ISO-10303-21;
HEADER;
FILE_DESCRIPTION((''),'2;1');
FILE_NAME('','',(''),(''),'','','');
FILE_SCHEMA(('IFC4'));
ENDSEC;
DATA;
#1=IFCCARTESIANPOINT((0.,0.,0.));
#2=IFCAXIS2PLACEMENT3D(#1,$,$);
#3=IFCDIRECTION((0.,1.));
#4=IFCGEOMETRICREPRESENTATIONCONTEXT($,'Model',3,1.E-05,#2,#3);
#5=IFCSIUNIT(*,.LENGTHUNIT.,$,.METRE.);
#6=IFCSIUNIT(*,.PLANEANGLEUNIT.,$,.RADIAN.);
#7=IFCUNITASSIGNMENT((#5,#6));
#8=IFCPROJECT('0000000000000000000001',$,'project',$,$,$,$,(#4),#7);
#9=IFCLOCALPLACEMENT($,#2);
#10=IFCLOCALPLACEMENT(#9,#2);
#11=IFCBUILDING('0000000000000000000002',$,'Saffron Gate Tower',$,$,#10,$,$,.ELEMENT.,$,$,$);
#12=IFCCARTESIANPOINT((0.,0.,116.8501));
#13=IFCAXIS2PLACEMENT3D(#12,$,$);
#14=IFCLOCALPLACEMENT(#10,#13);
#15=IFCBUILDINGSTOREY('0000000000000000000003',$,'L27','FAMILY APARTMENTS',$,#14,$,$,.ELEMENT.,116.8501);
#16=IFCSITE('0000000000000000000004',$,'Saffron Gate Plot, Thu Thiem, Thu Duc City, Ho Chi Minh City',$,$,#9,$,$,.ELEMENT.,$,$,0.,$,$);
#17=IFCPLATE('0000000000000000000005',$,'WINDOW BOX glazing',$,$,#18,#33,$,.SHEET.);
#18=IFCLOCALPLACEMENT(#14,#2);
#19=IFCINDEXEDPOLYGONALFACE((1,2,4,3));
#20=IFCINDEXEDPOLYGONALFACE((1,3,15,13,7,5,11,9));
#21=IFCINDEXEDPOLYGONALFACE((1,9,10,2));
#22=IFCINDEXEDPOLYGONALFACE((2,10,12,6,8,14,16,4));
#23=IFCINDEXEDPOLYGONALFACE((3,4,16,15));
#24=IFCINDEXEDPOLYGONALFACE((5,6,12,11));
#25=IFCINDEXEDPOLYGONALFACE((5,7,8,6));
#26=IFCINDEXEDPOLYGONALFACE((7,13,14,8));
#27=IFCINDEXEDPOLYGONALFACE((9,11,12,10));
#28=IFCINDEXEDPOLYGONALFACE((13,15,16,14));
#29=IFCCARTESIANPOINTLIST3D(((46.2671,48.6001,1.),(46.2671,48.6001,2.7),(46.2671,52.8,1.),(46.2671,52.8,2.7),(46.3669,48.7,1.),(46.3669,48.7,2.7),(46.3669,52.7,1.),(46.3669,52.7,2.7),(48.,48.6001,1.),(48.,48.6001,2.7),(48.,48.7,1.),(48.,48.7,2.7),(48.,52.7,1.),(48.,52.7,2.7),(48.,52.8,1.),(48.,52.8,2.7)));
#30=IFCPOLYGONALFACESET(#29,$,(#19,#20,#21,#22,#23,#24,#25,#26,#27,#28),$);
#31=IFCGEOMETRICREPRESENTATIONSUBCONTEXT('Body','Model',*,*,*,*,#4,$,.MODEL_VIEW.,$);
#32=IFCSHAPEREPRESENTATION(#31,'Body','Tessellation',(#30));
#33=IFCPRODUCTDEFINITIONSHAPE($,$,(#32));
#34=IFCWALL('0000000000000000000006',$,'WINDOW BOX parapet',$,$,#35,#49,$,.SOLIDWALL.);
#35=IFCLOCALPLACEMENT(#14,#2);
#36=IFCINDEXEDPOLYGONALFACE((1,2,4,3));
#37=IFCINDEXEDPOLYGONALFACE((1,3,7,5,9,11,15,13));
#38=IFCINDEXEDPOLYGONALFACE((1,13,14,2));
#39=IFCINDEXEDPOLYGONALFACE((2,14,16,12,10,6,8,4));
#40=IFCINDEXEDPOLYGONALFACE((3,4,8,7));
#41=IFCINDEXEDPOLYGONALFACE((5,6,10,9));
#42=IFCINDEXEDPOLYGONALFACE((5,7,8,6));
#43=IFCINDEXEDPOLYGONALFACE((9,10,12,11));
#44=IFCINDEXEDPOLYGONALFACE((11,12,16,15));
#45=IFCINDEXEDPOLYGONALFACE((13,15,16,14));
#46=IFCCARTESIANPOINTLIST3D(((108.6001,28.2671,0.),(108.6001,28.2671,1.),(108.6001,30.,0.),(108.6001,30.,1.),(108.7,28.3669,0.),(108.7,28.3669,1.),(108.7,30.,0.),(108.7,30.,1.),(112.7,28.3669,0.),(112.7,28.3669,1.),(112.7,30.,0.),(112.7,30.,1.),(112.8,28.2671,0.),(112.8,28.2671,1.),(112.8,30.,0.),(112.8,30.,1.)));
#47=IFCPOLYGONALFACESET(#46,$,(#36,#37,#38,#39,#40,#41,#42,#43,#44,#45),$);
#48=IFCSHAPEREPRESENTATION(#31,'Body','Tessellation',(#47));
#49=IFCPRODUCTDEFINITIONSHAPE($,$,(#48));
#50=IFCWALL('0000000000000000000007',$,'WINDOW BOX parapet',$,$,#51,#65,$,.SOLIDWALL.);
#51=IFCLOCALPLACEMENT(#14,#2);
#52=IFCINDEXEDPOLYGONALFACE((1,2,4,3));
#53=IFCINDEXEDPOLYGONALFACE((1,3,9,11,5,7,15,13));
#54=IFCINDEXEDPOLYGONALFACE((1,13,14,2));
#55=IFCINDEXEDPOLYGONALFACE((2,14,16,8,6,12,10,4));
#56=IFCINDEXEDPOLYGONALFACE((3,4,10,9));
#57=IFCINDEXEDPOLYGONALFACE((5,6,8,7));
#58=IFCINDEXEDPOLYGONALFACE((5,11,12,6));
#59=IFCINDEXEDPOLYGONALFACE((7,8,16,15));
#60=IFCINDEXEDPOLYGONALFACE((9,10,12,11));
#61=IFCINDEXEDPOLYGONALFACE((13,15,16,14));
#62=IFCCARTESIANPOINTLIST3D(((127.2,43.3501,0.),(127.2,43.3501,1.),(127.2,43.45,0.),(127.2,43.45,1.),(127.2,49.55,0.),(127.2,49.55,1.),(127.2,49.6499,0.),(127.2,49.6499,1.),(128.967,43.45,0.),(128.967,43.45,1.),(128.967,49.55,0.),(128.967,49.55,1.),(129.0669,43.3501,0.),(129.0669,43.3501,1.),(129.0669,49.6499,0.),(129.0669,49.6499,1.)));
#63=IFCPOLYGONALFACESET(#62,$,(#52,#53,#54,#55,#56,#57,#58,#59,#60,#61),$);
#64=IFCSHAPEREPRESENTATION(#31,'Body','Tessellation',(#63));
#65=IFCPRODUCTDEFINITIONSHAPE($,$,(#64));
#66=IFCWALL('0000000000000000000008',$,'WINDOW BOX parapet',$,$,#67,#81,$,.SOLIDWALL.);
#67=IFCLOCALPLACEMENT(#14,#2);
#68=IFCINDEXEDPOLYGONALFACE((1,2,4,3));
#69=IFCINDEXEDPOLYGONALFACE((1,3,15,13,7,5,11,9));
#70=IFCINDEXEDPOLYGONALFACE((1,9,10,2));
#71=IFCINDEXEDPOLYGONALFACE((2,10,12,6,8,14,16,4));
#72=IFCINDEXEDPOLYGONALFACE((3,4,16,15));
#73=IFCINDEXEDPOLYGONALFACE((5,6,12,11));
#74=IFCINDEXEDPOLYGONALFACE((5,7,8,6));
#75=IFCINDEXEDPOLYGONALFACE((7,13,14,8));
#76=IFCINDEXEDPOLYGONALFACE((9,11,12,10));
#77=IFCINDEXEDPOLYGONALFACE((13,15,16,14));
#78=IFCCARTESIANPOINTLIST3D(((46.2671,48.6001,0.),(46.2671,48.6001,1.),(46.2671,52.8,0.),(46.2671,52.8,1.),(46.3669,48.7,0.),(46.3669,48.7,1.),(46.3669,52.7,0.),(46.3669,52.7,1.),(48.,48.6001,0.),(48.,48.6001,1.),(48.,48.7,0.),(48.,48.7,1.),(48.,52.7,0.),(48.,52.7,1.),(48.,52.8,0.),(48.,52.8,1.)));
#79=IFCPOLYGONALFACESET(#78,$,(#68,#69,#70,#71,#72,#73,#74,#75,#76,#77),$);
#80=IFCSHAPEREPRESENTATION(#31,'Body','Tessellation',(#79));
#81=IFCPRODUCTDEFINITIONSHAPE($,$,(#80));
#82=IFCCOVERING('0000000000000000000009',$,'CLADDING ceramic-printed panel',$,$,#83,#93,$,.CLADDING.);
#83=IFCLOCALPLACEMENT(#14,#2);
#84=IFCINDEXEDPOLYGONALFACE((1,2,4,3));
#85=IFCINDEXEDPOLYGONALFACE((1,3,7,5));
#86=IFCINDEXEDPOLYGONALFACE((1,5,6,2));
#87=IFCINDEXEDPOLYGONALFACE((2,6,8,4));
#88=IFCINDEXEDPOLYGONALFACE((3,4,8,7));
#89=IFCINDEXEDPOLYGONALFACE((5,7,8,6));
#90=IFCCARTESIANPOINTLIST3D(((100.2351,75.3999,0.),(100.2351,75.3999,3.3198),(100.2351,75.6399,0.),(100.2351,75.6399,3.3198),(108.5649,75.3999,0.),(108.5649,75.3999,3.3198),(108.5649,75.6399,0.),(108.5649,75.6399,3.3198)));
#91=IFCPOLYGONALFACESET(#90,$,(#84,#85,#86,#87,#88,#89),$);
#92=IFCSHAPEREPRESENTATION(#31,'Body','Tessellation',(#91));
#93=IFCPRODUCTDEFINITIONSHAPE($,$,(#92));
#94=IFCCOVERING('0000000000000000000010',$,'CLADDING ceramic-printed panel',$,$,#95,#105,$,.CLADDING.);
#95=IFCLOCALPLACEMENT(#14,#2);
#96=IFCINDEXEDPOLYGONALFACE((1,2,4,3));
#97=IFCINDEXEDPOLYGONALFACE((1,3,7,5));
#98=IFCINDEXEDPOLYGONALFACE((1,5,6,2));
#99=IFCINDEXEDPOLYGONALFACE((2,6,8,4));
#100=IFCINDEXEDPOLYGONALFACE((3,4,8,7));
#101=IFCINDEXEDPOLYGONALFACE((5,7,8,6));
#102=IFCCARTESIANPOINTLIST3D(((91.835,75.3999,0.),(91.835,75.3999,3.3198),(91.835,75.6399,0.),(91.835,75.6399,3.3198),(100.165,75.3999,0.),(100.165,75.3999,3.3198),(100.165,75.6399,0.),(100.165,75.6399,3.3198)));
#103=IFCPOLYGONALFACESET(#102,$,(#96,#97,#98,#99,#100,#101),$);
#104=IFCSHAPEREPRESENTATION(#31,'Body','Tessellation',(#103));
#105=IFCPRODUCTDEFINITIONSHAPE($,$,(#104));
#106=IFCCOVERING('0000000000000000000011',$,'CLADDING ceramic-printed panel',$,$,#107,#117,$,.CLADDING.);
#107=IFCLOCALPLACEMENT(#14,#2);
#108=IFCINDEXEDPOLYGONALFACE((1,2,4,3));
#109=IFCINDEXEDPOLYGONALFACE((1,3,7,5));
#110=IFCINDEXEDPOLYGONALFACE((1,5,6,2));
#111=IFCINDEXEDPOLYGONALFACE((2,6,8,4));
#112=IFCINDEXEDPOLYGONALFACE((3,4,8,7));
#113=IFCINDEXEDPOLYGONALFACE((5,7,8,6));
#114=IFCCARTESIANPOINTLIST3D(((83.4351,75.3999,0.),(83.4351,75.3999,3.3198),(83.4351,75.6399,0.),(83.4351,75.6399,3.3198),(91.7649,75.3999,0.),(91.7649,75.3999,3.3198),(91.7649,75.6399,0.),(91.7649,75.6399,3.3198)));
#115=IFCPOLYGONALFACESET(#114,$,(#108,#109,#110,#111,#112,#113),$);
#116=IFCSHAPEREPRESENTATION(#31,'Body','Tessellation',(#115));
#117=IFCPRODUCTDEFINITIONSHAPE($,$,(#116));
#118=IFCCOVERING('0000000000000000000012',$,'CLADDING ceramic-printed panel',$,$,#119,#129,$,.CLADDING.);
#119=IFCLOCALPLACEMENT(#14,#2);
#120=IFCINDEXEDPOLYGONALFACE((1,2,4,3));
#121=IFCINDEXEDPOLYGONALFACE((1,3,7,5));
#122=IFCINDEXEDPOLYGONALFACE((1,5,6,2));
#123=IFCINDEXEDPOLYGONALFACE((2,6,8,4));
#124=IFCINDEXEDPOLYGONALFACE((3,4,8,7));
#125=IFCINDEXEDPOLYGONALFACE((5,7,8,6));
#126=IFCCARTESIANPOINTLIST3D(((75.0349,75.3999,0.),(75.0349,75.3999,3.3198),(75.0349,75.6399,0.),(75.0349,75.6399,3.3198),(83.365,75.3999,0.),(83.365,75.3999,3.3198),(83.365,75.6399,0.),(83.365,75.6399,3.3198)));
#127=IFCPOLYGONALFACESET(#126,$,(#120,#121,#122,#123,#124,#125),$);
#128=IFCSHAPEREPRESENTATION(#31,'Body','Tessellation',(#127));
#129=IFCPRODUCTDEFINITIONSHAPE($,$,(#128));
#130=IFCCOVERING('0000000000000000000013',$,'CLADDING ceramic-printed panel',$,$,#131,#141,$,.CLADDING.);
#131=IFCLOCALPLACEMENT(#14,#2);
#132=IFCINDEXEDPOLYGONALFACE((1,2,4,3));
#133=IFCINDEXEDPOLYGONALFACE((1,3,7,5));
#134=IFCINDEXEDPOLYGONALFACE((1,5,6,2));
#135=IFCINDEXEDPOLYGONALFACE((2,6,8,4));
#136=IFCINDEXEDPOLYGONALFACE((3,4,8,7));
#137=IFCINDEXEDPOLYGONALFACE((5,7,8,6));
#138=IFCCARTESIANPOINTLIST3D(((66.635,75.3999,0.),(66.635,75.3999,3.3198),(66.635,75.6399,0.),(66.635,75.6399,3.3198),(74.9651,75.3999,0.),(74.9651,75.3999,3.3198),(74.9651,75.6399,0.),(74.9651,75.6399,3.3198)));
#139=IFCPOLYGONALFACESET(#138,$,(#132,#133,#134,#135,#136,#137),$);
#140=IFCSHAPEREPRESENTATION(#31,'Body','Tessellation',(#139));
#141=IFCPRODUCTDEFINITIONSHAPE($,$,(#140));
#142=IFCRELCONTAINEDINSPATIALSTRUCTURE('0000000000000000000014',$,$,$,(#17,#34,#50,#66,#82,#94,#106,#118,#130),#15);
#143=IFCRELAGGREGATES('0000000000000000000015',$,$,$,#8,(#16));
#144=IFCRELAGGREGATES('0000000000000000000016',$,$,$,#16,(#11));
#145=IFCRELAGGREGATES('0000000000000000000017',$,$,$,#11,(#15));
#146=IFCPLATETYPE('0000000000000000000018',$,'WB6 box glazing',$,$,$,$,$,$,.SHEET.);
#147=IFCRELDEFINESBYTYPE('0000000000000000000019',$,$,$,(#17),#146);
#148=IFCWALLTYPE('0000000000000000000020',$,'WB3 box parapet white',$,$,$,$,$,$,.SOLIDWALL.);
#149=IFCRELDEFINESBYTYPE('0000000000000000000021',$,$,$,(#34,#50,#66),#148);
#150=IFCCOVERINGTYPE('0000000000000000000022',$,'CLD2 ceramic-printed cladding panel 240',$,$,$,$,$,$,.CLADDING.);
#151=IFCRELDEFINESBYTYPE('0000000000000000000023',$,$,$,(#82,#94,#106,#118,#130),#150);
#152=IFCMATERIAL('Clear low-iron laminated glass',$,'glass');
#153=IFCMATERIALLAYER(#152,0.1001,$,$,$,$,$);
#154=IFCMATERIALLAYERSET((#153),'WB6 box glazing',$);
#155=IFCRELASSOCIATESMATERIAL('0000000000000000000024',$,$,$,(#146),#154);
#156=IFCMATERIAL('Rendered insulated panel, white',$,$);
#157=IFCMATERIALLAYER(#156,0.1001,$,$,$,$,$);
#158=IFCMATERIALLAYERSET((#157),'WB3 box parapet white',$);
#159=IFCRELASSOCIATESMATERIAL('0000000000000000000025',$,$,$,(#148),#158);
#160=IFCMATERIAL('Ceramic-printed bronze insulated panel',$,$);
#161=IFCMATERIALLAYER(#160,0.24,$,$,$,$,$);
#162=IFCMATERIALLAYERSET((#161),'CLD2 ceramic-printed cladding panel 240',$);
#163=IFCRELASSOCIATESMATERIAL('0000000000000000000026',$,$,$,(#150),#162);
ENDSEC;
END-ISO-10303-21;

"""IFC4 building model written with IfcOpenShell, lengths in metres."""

from ifc_helpers import new_model, si_unit, direction, frame, origin, place, context, subcontext, project, spatial, polyline, outline, extrude, material, layer, layer_set, type_object, element, save


model = new_model("IFC4")

# Units and contexts
model_context = context("Model", 3, precision=1e-05, world=origin(), true_north=direction((0.0, 1.0)))
body_context = subcontext(model_context, "Body", "Model", "MODEL_VIEW")
ifc_project = project(units=[si_unit("LENGTHUNIT", "METRE"), si_unit("PLANEANGLEUNIT", "RADIAN")], contexts=[model_context])

# Site, building, storey
site_placement = place(None, origin())
site = spatial("IfcSite", under=ifc_project, at=site_placement, Name="Saffron Gate Plot, Thu Thiem, Thu Duc City, Ho Chi Minh City", CompositionType="ELEMENT", RefElevation=0.0)
building_placement = place(site_placement, origin())
building = spatial("IfcBuilding", under=site, at=building_placement, Name="Saffron Gate Tower", CompositionType="ELEMENT")
storey_placement = place(building_placement, frame((0.0, 0.0, 116.8501)))
storey = spatial("IfcBuildingStorey", under=building, at=storey_placement, Name="L27", Description="FAMILY APARTMENTS", CompositionType="ELEMENT", Elevation=116.8501)

# Plate
ifc_material_1 = material(Name="Clear low-iron laminated glass", Category="glass")
ifc_layer_1 = layer(ifc_material_1, 0.1001)
ifc_layer_set_1 = layer_set([ifc_layer_1], Name="WB6 box glazing")
plate_type_1 = type_object("IfcPlateType", Name="WB6 box glazing", PredefinedType="SHEET", material=ifc_layer_set_1)
plate_1_placement = place(storey_placement, frame((0.0, 0.0, 1.0)))
element("IfcPlate", 1, at=plate_1_placement, inside=storey, type_object=plate_type_1, Name="WINDOW BOX glazing", PredefinedType="SHEET", context=body_context, shape_type="SweptSolid", body=[
    extrude(outline(polyline([(48.0, 52.8), (48.0, 52.7), (46.3669, 52.7), (46.3669, 48.7), (48.0, 48.7), (48.0, 48.6001), (46.2671, 48.6001), (46.2671, 52.8), (48.0, 52.8)])), origin(), (0.0, 0.0, 1.0), 1.7),
])

# Walls
ifc_material_2 = material(Name="Rendered insulated panel, white")
ifc_layer_2 = layer(ifc_material_2, 0.1001)
ifc_layer_set_2 = layer_set([ifc_layer_2], Name="WB3 box parapet white")
wall_type = type_object("IfcWallType", Name="WB3 box parapet white", PredefinedType="SOLIDWALL", material=ifc_layer_set_2)
wall_1_placement = place(storey_placement, origin())
element("IfcWall", 2, at=wall_1_placement, inside=storey, type_object=wall_type, Name="WINDOW BOX parapet", PredefinedType="SOLIDWALL", context=body_context, shape_type="SweptSolid", body=[
    extrude(outline(polyline([(108.6001, 30.0), (108.7, 30.0), (108.7, 28.3669), (112.7, 28.3669), (112.7, 30.0), (112.8, 30.0), (112.8, 28.2671), (108.6001, 28.2671), (108.6001, 30.0)])), origin(), (0.0, 0.0, 1.0), 1.0),
])
wall_2_placement = place(storey_placement, origin())
element("IfcWall", 3, at=wall_2_placement, inside=storey, type_object=wall_type, Name="WINDOW BOX parapet", PredefinedType="SOLIDWALL", context=body_context, shape_type="SweptSolid", body=[
    extrude(outline(polyline([(127.2, 43.3501), (127.2, 43.45), (128.967, 43.45), (128.967, 49.55), (127.2, 49.55), (127.2, 49.6499), (129.0669, 49.6499), (129.0669, 43.3501), (127.2, 43.3501)])), origin(), (0.0, 0.0, 1.0), 1.0),
])
wall_3_placement = place(storey_placement, origin())
element("IfcWall", 4, at=wall_3_placement, inside=storey, type_object=wall_type, Name="WINDOW BOX parapet", PredefinedType="SOLIDWALL", context=body_context, shape_type="SweptSolid", body=[
    extrude(outline(polyline([(48.0, 52.8), (48.0, 52.7), (46.3669, 52.7), (46.3669, 48.7), (48.0, 48.7), (48.0, 48.6001), (46.2671, 48.6001), (46.2671, 52.8), (48.0, 52.8)])), origin(), (0.0, 0.0, 1.0), 1.0),
])

# Coverings
ifc_material_3 = material(Name="Ceramic-printed bronze insulated panel")
ifc_layer_3 = layer(ifc_material_3, 0.24)
ifc_layer_set_3 = layer_set([ifc_layer_3], Name="CLD2 ceramic-printed cladding panel 240")
covering_type = type_object("IfcCoveringType", Name="CLD2 ceramic-printed cladding panel 240", PredefinedType="CLADDING", material=ifc_layer_set_3)
covering_1_placement = place(storey_placement, origin())
element("IfcCovering", 5, at=covering_1_placement, inside=storey, type_object=covering_type, Name="CLADDING ceramic-printed panel", PredefinedType="CLADDING", context=body_context, shape_type="SweptSolid", body=[
    extrude(outline(polyline([(108.5649, 75.6399), (100.2351, 75.6399), (100.2351, 75.3999), (108.5649, 75.3999), (108.5649, 75.6399)])), origin(), (0.0, 0.0, 1.0), 3.3198),
])
covering_2_placement = place(storey_placement, origin())
element("IfcCovering", 6, at=covering_2_placement, inside=storey, type_object=covering_type, Name="CLADDING ceramic-printed panel", PredefinedType="CLADDING", context=body_context, shape_type="SweptSolid", body=[
    extrude(outline(polyline([(100.165, 75.6399), (91.835, 75.6399), (91.835, 75.3999), (100.165, 75.3999), (100.165, 75.6399)])), origin(), (0.0, 0.0, 1.0), 3.3198),
])
covering_3_placement = place(storey_placement, origin())
element("IfcCovering", 7, at=covering_3_placement, inside=storey, type_object=covering_type, Name="CLADDING ceramic-printed panel", PredefinedType="CLADDING", context=body_context, shape_type="SweptSolid", body=[
    extrude(outline(polyline([(91.7649, 75.6399), (83.4351, 75.6399), (83.4351, 75.3999), (91.7649, 75.3999), (91.7649, 75.6399)])), origin(), (0.0, 0.0, 1.0), 3.3198),
])
covering_4_placement = place(storey_placement, origin())
element("IfcCovering", 8, at=covering_4_placement, inside=storey, type_object=covering_type, Name="CLADDING ceramic-printed panel", PredefinedType="CLADDING", context=body_context, shape_type="SweptSolid", body=[
    extrude(outline(polyline([(83.365, 75.6399), (75.0349, 75.6399), (75.0349, 75.3999), (83.365, 75.3999), (83.365, 75.6399)])), origin(), (0.0, 0.0, 1.0), 3.3198),
])
covering_5_placement = place(storey_placement, origin())
element("IfcCovering", 9, at=covering_5_placement, inside=storey, type_object=covering_type, Name="CLADDING ceramic-printed panel", PredefinedType="CLADDING", context=body_context, shape_type="SweptSolid", body=[
    extrude(outline(polyline([(74.9651, 75.6399), (66.635, 75.6399), (66.635, 75.3999), (74.9651, 75.3999), (74.9651, 75.6399)])), origin(), (0.0, 0.0, 1.0), 3.3198),
])

save(model, "model.ifc")
